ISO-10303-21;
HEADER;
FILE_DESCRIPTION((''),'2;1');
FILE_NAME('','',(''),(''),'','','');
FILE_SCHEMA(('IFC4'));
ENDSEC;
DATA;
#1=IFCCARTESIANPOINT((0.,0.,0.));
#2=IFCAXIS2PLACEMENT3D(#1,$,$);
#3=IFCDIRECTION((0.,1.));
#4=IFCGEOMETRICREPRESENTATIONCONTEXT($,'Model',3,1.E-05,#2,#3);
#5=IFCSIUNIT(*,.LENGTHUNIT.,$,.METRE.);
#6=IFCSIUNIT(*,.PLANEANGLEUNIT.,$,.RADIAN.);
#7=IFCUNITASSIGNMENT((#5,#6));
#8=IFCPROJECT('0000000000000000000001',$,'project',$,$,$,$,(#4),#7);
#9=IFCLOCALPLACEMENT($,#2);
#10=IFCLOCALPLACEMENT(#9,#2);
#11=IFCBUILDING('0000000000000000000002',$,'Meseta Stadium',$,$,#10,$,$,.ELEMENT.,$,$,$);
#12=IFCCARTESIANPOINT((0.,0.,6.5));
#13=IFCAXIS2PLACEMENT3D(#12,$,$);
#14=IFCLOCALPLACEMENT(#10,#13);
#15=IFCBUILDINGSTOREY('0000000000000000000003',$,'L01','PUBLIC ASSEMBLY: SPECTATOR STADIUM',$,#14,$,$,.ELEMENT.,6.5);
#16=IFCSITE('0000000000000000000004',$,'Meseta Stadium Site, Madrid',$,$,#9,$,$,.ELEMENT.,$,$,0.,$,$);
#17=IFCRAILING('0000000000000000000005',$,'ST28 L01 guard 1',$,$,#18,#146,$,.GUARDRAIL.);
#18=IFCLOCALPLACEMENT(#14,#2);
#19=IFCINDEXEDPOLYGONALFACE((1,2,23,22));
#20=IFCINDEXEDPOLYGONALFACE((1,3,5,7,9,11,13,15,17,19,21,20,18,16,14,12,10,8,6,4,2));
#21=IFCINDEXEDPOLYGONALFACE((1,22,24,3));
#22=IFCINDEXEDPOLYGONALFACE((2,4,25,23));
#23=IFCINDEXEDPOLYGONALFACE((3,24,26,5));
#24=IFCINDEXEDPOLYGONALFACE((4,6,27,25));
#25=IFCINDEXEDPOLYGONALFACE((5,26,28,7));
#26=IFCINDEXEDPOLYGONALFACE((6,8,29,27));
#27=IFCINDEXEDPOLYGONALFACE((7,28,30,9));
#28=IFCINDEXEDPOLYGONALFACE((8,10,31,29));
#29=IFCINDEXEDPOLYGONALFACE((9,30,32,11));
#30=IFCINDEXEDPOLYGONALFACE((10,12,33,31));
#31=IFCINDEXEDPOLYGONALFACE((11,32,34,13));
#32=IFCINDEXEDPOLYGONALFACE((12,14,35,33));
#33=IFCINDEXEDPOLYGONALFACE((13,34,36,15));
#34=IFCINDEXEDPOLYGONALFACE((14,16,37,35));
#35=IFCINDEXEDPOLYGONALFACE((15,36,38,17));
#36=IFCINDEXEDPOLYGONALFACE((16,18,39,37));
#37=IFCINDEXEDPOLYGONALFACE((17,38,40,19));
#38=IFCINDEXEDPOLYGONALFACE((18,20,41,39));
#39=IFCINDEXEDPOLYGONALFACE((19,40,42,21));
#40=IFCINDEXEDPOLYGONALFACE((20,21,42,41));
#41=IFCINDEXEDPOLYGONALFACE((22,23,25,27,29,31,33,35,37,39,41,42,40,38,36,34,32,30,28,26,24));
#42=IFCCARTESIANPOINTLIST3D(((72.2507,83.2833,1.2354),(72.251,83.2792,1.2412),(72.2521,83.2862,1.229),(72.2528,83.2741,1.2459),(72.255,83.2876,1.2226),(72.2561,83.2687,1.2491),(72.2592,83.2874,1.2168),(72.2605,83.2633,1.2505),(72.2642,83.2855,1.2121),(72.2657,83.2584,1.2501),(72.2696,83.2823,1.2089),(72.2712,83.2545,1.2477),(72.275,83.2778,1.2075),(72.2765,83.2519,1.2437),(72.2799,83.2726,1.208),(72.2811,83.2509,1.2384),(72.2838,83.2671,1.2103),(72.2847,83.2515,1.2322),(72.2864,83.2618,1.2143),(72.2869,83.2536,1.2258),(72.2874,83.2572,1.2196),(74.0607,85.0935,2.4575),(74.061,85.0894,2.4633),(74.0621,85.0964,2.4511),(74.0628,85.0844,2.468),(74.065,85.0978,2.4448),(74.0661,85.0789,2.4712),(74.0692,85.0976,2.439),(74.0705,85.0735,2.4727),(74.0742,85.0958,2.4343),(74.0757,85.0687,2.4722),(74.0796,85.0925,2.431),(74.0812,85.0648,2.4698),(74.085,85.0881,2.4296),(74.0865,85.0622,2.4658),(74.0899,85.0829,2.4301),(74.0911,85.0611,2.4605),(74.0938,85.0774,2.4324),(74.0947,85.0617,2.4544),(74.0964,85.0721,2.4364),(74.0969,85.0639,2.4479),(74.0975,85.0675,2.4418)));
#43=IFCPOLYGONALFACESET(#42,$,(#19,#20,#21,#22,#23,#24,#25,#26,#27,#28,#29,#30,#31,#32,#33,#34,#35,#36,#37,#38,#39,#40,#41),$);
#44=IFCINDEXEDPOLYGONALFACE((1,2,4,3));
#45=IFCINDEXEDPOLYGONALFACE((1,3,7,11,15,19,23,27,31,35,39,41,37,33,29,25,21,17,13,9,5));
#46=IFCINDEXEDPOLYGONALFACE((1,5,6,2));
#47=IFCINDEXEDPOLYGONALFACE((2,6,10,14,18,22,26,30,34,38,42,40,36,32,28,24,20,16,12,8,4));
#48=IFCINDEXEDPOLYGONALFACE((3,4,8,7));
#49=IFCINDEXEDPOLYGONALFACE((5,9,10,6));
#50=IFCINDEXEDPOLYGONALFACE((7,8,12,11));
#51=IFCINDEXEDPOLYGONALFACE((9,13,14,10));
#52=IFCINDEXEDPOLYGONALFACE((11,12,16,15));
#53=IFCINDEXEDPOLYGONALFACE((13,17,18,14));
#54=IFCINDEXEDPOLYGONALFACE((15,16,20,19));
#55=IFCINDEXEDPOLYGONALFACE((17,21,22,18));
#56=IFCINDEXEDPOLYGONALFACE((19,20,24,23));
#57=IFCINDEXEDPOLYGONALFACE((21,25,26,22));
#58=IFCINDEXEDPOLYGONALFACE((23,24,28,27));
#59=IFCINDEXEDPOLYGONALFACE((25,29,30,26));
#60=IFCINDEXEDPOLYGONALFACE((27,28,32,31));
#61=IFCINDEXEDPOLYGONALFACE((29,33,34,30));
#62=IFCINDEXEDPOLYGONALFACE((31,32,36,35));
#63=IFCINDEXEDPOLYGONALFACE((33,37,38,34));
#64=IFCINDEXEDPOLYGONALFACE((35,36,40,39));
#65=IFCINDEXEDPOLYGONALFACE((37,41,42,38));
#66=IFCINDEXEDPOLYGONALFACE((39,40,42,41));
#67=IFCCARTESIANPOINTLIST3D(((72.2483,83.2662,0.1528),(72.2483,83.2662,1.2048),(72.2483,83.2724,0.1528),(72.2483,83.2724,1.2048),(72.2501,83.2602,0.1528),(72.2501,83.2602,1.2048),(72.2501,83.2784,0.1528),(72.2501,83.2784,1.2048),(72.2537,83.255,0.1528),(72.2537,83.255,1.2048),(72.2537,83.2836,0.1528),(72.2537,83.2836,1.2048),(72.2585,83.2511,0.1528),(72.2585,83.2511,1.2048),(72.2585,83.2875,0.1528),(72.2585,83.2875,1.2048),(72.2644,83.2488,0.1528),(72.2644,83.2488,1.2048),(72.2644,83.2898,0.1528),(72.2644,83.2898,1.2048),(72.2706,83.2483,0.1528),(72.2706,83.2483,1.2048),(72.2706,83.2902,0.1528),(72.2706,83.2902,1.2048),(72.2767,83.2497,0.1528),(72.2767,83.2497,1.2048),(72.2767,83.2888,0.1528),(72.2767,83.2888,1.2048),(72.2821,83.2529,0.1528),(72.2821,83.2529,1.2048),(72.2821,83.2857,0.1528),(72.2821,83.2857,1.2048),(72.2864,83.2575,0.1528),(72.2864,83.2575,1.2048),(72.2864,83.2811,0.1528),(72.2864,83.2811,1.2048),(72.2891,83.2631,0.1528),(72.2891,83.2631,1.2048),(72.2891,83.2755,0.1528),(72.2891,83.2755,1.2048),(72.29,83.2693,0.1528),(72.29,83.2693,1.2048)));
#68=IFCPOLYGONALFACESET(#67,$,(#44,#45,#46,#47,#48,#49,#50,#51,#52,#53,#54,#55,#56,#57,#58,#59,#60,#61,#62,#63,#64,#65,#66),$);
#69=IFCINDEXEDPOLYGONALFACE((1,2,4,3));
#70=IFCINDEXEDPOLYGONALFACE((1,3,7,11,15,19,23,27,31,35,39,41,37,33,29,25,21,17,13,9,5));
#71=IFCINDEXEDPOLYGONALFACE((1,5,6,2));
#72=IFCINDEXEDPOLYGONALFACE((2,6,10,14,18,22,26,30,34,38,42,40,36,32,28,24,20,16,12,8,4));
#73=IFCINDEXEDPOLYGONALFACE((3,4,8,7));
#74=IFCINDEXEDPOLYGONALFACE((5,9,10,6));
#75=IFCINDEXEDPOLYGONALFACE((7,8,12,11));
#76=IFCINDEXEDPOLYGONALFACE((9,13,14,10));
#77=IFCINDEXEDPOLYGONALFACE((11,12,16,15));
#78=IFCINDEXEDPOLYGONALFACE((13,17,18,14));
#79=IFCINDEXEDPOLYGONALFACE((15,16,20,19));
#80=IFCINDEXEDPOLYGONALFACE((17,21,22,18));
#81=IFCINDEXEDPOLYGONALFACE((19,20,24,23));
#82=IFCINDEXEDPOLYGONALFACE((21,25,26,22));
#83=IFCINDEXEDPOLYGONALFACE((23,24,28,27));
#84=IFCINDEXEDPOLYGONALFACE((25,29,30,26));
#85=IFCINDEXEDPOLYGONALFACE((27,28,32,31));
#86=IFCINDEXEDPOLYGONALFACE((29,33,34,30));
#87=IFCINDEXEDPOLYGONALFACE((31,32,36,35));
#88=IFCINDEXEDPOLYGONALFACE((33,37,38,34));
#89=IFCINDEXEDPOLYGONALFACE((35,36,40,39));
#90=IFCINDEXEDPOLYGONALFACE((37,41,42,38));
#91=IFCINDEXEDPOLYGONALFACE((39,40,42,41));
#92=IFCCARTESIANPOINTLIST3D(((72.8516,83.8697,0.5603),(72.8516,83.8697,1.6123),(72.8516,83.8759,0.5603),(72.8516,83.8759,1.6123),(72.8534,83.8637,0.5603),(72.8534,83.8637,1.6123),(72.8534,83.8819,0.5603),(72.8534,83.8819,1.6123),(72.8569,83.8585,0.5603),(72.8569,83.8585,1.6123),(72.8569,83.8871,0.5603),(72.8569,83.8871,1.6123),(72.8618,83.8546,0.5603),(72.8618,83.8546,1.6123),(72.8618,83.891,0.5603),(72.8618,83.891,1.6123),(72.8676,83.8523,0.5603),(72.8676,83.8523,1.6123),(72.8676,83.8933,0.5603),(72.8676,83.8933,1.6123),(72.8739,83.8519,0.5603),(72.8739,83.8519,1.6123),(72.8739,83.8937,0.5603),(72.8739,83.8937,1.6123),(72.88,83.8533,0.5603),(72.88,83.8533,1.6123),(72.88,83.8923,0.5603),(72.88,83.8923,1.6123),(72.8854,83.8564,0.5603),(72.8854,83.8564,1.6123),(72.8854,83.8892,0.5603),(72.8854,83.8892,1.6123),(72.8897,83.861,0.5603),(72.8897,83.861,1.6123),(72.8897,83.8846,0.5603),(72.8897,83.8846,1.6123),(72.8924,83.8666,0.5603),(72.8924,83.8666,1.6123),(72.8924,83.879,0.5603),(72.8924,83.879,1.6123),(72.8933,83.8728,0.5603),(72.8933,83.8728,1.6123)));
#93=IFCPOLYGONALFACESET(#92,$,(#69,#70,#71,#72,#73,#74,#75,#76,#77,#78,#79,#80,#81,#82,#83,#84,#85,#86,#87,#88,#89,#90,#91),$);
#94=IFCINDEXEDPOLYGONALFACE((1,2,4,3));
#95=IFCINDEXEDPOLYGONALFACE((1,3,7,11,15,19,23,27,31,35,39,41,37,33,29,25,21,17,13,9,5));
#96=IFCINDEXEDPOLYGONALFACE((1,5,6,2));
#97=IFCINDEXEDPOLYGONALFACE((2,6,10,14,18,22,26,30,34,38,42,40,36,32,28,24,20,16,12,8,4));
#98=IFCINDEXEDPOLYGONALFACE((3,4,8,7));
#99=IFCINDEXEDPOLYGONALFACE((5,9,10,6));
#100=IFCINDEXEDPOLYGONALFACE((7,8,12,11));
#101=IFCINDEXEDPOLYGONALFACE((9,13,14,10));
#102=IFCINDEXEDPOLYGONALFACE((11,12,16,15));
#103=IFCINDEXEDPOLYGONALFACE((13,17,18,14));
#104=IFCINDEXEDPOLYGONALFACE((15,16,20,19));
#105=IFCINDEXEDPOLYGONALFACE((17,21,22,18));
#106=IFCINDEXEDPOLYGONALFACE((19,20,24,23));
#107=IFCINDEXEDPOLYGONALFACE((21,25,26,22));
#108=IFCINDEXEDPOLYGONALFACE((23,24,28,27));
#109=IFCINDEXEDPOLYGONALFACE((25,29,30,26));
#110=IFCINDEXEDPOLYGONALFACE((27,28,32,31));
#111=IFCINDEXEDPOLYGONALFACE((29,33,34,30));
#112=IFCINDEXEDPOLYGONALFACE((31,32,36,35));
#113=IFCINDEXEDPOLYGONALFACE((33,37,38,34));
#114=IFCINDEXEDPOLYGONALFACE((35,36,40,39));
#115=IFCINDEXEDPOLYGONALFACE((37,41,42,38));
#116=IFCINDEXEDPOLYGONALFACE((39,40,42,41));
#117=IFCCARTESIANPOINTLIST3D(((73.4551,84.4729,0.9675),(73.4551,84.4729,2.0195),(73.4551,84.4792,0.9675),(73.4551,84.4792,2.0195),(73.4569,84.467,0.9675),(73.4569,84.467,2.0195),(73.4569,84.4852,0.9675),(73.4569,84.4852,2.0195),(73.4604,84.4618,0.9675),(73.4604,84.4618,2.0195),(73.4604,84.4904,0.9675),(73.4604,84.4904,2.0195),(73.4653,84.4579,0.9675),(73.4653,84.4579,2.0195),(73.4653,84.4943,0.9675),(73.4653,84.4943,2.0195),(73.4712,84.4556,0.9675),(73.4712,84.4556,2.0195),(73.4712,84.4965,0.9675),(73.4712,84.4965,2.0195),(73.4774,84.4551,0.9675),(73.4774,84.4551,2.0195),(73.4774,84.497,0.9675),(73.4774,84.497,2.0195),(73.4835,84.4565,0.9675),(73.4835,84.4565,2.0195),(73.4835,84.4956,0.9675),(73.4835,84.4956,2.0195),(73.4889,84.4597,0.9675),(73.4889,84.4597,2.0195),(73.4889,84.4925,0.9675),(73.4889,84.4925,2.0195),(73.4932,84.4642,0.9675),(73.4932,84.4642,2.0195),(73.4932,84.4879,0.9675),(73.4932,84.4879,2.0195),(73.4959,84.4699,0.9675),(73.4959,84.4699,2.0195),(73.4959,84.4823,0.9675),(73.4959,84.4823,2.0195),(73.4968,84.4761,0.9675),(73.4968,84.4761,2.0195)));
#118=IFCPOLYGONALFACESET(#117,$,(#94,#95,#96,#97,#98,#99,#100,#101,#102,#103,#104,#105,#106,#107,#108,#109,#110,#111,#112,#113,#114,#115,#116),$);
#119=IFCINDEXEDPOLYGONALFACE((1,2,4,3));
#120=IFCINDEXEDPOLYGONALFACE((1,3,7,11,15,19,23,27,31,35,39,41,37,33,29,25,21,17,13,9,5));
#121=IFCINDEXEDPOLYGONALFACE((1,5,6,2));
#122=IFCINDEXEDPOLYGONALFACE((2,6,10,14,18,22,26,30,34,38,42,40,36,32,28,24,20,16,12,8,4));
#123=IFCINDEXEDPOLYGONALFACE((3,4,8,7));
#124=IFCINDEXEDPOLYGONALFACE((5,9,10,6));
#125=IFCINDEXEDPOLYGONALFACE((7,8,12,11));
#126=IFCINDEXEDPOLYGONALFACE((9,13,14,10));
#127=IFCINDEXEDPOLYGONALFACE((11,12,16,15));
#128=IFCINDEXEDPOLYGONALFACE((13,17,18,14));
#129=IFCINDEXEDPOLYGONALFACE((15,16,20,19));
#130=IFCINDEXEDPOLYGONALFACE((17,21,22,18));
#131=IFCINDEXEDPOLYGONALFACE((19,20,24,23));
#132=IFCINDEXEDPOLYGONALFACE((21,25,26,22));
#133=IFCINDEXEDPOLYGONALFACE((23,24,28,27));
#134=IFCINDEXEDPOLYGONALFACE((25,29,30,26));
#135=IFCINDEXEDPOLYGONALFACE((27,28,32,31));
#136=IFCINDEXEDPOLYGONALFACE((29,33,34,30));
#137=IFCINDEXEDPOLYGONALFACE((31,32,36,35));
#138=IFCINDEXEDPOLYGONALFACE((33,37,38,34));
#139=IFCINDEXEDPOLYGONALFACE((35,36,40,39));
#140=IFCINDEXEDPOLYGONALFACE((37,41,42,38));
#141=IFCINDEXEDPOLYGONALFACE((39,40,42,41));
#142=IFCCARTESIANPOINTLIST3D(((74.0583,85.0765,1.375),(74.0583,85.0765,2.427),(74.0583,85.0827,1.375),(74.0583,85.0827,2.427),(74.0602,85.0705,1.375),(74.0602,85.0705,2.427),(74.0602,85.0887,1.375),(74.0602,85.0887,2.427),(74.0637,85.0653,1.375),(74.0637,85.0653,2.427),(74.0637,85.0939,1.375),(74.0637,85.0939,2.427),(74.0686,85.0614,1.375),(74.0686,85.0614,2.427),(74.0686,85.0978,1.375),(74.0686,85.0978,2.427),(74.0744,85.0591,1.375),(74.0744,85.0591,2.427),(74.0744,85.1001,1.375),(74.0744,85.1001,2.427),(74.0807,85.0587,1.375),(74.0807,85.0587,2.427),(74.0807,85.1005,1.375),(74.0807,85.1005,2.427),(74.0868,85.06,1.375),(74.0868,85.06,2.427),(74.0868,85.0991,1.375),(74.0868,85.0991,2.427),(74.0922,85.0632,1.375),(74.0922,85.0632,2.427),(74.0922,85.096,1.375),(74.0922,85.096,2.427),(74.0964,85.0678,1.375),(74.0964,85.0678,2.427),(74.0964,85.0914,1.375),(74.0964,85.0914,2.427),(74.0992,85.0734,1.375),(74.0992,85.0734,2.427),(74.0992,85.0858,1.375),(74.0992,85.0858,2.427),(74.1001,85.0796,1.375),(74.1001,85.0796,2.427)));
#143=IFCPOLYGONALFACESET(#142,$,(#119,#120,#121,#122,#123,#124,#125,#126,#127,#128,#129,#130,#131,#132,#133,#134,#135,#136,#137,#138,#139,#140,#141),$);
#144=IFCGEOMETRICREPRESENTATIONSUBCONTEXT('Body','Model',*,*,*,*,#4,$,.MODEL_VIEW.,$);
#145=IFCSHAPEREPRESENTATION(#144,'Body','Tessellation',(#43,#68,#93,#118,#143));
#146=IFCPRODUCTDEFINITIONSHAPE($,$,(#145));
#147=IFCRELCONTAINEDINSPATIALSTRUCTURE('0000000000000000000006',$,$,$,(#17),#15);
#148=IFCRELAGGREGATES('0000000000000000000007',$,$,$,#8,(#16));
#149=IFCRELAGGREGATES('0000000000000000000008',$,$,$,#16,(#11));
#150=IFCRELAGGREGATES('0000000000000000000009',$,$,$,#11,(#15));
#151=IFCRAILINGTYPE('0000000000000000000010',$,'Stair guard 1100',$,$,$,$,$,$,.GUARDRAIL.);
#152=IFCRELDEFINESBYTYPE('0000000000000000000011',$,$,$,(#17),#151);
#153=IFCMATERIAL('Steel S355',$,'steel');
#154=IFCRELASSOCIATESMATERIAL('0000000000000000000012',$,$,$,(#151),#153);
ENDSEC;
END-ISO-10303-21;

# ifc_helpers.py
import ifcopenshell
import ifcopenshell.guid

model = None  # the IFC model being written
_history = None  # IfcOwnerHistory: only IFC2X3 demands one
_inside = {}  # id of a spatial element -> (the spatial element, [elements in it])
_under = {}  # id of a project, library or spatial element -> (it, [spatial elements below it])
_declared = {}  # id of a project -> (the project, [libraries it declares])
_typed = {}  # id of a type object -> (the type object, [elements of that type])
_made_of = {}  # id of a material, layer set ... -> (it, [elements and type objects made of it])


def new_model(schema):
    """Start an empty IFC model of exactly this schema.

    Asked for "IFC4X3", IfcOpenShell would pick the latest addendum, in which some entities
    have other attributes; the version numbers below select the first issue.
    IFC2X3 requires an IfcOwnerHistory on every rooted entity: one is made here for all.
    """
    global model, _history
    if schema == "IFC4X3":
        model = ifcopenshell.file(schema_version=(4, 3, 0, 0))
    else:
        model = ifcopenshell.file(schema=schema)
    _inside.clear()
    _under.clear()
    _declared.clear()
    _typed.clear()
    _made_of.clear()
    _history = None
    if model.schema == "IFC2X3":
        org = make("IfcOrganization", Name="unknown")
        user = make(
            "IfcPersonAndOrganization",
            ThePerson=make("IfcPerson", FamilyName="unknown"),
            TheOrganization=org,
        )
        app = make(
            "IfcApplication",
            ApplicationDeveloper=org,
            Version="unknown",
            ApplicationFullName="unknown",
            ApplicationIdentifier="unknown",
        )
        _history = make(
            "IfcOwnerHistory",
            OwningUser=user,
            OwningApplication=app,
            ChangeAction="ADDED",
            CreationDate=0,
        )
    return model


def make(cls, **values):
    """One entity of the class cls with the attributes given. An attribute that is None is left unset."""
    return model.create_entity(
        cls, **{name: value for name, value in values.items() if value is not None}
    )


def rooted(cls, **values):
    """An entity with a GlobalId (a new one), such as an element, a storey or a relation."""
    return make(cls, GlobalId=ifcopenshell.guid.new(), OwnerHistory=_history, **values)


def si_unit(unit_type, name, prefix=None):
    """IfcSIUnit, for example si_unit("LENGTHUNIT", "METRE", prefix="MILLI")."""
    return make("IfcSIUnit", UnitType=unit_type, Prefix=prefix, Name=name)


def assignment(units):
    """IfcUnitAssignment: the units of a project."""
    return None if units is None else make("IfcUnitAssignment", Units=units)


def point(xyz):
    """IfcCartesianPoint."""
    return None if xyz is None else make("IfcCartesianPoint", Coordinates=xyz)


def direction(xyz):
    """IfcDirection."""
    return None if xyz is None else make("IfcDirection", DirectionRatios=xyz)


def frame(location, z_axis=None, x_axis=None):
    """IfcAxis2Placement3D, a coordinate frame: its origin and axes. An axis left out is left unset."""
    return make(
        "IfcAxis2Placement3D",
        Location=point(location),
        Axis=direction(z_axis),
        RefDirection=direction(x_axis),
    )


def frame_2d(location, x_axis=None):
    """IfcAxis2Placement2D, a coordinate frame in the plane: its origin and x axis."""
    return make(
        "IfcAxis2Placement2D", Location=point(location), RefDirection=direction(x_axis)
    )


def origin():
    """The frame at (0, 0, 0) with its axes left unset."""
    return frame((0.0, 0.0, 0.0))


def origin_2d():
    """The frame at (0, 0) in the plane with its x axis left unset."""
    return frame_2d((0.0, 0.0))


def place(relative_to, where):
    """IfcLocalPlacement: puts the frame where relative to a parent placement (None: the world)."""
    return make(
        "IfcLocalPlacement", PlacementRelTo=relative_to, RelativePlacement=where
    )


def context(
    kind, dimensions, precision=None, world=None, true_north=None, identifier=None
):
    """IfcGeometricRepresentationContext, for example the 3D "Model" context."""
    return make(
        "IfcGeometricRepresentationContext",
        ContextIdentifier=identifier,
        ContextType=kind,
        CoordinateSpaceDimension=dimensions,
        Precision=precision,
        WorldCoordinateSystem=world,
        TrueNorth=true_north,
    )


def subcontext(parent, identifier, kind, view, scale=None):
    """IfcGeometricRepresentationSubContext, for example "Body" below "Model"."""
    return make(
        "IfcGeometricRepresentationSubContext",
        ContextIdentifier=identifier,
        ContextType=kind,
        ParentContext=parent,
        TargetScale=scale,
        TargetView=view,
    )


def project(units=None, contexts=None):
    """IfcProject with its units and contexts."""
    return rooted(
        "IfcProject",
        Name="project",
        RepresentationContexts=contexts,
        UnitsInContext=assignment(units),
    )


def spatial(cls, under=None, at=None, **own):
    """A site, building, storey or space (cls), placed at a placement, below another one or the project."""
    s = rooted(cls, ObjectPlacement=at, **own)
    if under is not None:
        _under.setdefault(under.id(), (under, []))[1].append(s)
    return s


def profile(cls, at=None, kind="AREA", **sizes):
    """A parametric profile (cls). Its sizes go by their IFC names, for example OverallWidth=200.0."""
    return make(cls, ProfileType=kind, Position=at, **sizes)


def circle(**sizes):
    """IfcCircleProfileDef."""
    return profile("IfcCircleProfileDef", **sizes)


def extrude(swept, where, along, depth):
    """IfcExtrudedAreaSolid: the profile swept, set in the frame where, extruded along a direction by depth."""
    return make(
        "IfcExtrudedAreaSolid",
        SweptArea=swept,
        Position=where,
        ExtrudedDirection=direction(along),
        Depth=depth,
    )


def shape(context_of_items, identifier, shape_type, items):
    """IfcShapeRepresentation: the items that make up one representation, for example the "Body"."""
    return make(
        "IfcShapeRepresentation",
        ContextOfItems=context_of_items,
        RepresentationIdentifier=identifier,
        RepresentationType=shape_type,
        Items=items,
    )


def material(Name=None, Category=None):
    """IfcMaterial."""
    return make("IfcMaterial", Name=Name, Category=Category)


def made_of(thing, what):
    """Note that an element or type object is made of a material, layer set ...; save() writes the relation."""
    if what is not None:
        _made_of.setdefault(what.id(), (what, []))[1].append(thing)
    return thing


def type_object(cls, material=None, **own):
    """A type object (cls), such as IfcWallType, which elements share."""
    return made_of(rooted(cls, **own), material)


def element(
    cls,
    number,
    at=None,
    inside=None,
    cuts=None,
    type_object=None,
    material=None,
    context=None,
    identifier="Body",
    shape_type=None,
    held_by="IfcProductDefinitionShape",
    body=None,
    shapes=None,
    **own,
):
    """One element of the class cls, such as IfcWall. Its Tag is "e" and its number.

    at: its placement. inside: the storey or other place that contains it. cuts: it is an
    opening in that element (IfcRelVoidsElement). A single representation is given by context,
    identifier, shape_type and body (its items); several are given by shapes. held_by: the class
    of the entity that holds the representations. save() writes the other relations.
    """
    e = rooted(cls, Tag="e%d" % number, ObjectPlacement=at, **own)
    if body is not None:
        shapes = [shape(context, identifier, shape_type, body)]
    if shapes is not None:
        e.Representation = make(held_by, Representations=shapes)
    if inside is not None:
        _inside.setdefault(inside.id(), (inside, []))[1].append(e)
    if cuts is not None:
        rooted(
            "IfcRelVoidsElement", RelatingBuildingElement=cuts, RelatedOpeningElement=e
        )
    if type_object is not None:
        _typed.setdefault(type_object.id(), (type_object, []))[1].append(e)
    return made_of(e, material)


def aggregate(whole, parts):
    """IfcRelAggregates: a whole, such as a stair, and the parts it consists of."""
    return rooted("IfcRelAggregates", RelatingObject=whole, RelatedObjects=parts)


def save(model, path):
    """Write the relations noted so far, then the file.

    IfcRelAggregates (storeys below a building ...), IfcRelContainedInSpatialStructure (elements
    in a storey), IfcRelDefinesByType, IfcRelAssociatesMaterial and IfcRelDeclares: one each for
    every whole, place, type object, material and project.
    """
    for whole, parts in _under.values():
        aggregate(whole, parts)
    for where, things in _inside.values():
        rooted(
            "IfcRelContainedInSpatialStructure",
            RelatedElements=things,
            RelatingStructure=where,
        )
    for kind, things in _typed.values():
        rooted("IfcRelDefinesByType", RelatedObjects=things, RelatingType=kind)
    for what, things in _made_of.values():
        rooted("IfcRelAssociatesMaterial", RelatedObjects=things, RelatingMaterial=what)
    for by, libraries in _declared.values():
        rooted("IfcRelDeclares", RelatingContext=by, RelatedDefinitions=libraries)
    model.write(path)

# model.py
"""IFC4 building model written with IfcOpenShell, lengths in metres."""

from ifc_helpers import new_model, si_unit, direction, frame, origin, origin_2d, place, context, subcontext, project, spatial, circle, extrude, material, type_object, element, save


model = new_model("IFC4")

# Units and contexts
model_context = context("Model", 3, precision=1e-05, world=origin(), true_north=direction((0.0, 1.0)))
body_context = subcontext(model_context, "Body", "Model", "MODEL_VIEW")
ifc_project = project(units=[si_unit("LENGTHUNIT", "METRE"), si_unit("PLANEANGLEUNIT", "RADIAN")], contexts=[model_context])

# Site, building, storey
site_placement = place(None, origin())
site = spatial("IfcSite", under=ifc_project, at=site_placement, Name="Meseta Stadium Site, Madrid", CompositionType="ELEMENT", RefElevation=0.0)
building_placement = place(site_placement, origin())
building = spatial("IfcBuilding", under=site, at=building_placement, Name="Meseta Stadium", CompositionType="ELEMENT")
storey_placement = place(building_placement, frame((0.0, 0.0, 6.5)))
storey = spatial("IfcBuildingStorey", under=building, at=storey_placement, Name="L01", Description="PUBLIC ASSEMBLY: SPECTATOR STADIUM", CompositionType="ELEMENT", Elevation=6.5)

# Railing
ifc_material_1 = material(Name="Steel S355", Category="steel")
railing_type_1 = type_object("IfcRailingType", Name="Stair guard 1100", PredefinedType="GUARDRAIL", material=ifc_material_1)
railing_1_placement = place(storey_placement, frame((72.269, 83.2693, 0.1528)))
element("IfcRailing", 1, at=railing_1_placement, inside=storey, type_object=railing_type_1, Name="ST28 L01 guard 1", PredefinedType="GUARDRAIL", context=body_context, shape_type="SweptSolid", body=[
    extrude(circle(Radius=0.0239, at=origin_2d()), frame((0.0, 0.0, 1.0762), z_axis=(0.638073, 0.638159, 0.430832), x_axis=(-0.707154, 0.707059, 0.0)), (0.0, 0.0, 1.0), 2.8367),
    extrude(circle(Radius=0.021, at=origin_2d()), origin(), (0.0, 0.0, 1.0), 1.052),
    extrude(circle(Radius=0.021, at=origin_2d()), frame((0.6033, 0.6035, 0.4075)), (0.0, 0.0, 1.0), 1.052),
    extrude(circle(Radius=0.021, at=origin_2d()), frame((1.2068, 1.2068, 0.8147)), (0.0, 0.0, 1.0), 1.052),
    extrude(circle(Radius=0.021, at=origin_2d()), frame((1.8101, 1.8103, 1.2222)), (0.0, 0.0, 1.0), 1.052),
])

save(model, "model.ifc")
